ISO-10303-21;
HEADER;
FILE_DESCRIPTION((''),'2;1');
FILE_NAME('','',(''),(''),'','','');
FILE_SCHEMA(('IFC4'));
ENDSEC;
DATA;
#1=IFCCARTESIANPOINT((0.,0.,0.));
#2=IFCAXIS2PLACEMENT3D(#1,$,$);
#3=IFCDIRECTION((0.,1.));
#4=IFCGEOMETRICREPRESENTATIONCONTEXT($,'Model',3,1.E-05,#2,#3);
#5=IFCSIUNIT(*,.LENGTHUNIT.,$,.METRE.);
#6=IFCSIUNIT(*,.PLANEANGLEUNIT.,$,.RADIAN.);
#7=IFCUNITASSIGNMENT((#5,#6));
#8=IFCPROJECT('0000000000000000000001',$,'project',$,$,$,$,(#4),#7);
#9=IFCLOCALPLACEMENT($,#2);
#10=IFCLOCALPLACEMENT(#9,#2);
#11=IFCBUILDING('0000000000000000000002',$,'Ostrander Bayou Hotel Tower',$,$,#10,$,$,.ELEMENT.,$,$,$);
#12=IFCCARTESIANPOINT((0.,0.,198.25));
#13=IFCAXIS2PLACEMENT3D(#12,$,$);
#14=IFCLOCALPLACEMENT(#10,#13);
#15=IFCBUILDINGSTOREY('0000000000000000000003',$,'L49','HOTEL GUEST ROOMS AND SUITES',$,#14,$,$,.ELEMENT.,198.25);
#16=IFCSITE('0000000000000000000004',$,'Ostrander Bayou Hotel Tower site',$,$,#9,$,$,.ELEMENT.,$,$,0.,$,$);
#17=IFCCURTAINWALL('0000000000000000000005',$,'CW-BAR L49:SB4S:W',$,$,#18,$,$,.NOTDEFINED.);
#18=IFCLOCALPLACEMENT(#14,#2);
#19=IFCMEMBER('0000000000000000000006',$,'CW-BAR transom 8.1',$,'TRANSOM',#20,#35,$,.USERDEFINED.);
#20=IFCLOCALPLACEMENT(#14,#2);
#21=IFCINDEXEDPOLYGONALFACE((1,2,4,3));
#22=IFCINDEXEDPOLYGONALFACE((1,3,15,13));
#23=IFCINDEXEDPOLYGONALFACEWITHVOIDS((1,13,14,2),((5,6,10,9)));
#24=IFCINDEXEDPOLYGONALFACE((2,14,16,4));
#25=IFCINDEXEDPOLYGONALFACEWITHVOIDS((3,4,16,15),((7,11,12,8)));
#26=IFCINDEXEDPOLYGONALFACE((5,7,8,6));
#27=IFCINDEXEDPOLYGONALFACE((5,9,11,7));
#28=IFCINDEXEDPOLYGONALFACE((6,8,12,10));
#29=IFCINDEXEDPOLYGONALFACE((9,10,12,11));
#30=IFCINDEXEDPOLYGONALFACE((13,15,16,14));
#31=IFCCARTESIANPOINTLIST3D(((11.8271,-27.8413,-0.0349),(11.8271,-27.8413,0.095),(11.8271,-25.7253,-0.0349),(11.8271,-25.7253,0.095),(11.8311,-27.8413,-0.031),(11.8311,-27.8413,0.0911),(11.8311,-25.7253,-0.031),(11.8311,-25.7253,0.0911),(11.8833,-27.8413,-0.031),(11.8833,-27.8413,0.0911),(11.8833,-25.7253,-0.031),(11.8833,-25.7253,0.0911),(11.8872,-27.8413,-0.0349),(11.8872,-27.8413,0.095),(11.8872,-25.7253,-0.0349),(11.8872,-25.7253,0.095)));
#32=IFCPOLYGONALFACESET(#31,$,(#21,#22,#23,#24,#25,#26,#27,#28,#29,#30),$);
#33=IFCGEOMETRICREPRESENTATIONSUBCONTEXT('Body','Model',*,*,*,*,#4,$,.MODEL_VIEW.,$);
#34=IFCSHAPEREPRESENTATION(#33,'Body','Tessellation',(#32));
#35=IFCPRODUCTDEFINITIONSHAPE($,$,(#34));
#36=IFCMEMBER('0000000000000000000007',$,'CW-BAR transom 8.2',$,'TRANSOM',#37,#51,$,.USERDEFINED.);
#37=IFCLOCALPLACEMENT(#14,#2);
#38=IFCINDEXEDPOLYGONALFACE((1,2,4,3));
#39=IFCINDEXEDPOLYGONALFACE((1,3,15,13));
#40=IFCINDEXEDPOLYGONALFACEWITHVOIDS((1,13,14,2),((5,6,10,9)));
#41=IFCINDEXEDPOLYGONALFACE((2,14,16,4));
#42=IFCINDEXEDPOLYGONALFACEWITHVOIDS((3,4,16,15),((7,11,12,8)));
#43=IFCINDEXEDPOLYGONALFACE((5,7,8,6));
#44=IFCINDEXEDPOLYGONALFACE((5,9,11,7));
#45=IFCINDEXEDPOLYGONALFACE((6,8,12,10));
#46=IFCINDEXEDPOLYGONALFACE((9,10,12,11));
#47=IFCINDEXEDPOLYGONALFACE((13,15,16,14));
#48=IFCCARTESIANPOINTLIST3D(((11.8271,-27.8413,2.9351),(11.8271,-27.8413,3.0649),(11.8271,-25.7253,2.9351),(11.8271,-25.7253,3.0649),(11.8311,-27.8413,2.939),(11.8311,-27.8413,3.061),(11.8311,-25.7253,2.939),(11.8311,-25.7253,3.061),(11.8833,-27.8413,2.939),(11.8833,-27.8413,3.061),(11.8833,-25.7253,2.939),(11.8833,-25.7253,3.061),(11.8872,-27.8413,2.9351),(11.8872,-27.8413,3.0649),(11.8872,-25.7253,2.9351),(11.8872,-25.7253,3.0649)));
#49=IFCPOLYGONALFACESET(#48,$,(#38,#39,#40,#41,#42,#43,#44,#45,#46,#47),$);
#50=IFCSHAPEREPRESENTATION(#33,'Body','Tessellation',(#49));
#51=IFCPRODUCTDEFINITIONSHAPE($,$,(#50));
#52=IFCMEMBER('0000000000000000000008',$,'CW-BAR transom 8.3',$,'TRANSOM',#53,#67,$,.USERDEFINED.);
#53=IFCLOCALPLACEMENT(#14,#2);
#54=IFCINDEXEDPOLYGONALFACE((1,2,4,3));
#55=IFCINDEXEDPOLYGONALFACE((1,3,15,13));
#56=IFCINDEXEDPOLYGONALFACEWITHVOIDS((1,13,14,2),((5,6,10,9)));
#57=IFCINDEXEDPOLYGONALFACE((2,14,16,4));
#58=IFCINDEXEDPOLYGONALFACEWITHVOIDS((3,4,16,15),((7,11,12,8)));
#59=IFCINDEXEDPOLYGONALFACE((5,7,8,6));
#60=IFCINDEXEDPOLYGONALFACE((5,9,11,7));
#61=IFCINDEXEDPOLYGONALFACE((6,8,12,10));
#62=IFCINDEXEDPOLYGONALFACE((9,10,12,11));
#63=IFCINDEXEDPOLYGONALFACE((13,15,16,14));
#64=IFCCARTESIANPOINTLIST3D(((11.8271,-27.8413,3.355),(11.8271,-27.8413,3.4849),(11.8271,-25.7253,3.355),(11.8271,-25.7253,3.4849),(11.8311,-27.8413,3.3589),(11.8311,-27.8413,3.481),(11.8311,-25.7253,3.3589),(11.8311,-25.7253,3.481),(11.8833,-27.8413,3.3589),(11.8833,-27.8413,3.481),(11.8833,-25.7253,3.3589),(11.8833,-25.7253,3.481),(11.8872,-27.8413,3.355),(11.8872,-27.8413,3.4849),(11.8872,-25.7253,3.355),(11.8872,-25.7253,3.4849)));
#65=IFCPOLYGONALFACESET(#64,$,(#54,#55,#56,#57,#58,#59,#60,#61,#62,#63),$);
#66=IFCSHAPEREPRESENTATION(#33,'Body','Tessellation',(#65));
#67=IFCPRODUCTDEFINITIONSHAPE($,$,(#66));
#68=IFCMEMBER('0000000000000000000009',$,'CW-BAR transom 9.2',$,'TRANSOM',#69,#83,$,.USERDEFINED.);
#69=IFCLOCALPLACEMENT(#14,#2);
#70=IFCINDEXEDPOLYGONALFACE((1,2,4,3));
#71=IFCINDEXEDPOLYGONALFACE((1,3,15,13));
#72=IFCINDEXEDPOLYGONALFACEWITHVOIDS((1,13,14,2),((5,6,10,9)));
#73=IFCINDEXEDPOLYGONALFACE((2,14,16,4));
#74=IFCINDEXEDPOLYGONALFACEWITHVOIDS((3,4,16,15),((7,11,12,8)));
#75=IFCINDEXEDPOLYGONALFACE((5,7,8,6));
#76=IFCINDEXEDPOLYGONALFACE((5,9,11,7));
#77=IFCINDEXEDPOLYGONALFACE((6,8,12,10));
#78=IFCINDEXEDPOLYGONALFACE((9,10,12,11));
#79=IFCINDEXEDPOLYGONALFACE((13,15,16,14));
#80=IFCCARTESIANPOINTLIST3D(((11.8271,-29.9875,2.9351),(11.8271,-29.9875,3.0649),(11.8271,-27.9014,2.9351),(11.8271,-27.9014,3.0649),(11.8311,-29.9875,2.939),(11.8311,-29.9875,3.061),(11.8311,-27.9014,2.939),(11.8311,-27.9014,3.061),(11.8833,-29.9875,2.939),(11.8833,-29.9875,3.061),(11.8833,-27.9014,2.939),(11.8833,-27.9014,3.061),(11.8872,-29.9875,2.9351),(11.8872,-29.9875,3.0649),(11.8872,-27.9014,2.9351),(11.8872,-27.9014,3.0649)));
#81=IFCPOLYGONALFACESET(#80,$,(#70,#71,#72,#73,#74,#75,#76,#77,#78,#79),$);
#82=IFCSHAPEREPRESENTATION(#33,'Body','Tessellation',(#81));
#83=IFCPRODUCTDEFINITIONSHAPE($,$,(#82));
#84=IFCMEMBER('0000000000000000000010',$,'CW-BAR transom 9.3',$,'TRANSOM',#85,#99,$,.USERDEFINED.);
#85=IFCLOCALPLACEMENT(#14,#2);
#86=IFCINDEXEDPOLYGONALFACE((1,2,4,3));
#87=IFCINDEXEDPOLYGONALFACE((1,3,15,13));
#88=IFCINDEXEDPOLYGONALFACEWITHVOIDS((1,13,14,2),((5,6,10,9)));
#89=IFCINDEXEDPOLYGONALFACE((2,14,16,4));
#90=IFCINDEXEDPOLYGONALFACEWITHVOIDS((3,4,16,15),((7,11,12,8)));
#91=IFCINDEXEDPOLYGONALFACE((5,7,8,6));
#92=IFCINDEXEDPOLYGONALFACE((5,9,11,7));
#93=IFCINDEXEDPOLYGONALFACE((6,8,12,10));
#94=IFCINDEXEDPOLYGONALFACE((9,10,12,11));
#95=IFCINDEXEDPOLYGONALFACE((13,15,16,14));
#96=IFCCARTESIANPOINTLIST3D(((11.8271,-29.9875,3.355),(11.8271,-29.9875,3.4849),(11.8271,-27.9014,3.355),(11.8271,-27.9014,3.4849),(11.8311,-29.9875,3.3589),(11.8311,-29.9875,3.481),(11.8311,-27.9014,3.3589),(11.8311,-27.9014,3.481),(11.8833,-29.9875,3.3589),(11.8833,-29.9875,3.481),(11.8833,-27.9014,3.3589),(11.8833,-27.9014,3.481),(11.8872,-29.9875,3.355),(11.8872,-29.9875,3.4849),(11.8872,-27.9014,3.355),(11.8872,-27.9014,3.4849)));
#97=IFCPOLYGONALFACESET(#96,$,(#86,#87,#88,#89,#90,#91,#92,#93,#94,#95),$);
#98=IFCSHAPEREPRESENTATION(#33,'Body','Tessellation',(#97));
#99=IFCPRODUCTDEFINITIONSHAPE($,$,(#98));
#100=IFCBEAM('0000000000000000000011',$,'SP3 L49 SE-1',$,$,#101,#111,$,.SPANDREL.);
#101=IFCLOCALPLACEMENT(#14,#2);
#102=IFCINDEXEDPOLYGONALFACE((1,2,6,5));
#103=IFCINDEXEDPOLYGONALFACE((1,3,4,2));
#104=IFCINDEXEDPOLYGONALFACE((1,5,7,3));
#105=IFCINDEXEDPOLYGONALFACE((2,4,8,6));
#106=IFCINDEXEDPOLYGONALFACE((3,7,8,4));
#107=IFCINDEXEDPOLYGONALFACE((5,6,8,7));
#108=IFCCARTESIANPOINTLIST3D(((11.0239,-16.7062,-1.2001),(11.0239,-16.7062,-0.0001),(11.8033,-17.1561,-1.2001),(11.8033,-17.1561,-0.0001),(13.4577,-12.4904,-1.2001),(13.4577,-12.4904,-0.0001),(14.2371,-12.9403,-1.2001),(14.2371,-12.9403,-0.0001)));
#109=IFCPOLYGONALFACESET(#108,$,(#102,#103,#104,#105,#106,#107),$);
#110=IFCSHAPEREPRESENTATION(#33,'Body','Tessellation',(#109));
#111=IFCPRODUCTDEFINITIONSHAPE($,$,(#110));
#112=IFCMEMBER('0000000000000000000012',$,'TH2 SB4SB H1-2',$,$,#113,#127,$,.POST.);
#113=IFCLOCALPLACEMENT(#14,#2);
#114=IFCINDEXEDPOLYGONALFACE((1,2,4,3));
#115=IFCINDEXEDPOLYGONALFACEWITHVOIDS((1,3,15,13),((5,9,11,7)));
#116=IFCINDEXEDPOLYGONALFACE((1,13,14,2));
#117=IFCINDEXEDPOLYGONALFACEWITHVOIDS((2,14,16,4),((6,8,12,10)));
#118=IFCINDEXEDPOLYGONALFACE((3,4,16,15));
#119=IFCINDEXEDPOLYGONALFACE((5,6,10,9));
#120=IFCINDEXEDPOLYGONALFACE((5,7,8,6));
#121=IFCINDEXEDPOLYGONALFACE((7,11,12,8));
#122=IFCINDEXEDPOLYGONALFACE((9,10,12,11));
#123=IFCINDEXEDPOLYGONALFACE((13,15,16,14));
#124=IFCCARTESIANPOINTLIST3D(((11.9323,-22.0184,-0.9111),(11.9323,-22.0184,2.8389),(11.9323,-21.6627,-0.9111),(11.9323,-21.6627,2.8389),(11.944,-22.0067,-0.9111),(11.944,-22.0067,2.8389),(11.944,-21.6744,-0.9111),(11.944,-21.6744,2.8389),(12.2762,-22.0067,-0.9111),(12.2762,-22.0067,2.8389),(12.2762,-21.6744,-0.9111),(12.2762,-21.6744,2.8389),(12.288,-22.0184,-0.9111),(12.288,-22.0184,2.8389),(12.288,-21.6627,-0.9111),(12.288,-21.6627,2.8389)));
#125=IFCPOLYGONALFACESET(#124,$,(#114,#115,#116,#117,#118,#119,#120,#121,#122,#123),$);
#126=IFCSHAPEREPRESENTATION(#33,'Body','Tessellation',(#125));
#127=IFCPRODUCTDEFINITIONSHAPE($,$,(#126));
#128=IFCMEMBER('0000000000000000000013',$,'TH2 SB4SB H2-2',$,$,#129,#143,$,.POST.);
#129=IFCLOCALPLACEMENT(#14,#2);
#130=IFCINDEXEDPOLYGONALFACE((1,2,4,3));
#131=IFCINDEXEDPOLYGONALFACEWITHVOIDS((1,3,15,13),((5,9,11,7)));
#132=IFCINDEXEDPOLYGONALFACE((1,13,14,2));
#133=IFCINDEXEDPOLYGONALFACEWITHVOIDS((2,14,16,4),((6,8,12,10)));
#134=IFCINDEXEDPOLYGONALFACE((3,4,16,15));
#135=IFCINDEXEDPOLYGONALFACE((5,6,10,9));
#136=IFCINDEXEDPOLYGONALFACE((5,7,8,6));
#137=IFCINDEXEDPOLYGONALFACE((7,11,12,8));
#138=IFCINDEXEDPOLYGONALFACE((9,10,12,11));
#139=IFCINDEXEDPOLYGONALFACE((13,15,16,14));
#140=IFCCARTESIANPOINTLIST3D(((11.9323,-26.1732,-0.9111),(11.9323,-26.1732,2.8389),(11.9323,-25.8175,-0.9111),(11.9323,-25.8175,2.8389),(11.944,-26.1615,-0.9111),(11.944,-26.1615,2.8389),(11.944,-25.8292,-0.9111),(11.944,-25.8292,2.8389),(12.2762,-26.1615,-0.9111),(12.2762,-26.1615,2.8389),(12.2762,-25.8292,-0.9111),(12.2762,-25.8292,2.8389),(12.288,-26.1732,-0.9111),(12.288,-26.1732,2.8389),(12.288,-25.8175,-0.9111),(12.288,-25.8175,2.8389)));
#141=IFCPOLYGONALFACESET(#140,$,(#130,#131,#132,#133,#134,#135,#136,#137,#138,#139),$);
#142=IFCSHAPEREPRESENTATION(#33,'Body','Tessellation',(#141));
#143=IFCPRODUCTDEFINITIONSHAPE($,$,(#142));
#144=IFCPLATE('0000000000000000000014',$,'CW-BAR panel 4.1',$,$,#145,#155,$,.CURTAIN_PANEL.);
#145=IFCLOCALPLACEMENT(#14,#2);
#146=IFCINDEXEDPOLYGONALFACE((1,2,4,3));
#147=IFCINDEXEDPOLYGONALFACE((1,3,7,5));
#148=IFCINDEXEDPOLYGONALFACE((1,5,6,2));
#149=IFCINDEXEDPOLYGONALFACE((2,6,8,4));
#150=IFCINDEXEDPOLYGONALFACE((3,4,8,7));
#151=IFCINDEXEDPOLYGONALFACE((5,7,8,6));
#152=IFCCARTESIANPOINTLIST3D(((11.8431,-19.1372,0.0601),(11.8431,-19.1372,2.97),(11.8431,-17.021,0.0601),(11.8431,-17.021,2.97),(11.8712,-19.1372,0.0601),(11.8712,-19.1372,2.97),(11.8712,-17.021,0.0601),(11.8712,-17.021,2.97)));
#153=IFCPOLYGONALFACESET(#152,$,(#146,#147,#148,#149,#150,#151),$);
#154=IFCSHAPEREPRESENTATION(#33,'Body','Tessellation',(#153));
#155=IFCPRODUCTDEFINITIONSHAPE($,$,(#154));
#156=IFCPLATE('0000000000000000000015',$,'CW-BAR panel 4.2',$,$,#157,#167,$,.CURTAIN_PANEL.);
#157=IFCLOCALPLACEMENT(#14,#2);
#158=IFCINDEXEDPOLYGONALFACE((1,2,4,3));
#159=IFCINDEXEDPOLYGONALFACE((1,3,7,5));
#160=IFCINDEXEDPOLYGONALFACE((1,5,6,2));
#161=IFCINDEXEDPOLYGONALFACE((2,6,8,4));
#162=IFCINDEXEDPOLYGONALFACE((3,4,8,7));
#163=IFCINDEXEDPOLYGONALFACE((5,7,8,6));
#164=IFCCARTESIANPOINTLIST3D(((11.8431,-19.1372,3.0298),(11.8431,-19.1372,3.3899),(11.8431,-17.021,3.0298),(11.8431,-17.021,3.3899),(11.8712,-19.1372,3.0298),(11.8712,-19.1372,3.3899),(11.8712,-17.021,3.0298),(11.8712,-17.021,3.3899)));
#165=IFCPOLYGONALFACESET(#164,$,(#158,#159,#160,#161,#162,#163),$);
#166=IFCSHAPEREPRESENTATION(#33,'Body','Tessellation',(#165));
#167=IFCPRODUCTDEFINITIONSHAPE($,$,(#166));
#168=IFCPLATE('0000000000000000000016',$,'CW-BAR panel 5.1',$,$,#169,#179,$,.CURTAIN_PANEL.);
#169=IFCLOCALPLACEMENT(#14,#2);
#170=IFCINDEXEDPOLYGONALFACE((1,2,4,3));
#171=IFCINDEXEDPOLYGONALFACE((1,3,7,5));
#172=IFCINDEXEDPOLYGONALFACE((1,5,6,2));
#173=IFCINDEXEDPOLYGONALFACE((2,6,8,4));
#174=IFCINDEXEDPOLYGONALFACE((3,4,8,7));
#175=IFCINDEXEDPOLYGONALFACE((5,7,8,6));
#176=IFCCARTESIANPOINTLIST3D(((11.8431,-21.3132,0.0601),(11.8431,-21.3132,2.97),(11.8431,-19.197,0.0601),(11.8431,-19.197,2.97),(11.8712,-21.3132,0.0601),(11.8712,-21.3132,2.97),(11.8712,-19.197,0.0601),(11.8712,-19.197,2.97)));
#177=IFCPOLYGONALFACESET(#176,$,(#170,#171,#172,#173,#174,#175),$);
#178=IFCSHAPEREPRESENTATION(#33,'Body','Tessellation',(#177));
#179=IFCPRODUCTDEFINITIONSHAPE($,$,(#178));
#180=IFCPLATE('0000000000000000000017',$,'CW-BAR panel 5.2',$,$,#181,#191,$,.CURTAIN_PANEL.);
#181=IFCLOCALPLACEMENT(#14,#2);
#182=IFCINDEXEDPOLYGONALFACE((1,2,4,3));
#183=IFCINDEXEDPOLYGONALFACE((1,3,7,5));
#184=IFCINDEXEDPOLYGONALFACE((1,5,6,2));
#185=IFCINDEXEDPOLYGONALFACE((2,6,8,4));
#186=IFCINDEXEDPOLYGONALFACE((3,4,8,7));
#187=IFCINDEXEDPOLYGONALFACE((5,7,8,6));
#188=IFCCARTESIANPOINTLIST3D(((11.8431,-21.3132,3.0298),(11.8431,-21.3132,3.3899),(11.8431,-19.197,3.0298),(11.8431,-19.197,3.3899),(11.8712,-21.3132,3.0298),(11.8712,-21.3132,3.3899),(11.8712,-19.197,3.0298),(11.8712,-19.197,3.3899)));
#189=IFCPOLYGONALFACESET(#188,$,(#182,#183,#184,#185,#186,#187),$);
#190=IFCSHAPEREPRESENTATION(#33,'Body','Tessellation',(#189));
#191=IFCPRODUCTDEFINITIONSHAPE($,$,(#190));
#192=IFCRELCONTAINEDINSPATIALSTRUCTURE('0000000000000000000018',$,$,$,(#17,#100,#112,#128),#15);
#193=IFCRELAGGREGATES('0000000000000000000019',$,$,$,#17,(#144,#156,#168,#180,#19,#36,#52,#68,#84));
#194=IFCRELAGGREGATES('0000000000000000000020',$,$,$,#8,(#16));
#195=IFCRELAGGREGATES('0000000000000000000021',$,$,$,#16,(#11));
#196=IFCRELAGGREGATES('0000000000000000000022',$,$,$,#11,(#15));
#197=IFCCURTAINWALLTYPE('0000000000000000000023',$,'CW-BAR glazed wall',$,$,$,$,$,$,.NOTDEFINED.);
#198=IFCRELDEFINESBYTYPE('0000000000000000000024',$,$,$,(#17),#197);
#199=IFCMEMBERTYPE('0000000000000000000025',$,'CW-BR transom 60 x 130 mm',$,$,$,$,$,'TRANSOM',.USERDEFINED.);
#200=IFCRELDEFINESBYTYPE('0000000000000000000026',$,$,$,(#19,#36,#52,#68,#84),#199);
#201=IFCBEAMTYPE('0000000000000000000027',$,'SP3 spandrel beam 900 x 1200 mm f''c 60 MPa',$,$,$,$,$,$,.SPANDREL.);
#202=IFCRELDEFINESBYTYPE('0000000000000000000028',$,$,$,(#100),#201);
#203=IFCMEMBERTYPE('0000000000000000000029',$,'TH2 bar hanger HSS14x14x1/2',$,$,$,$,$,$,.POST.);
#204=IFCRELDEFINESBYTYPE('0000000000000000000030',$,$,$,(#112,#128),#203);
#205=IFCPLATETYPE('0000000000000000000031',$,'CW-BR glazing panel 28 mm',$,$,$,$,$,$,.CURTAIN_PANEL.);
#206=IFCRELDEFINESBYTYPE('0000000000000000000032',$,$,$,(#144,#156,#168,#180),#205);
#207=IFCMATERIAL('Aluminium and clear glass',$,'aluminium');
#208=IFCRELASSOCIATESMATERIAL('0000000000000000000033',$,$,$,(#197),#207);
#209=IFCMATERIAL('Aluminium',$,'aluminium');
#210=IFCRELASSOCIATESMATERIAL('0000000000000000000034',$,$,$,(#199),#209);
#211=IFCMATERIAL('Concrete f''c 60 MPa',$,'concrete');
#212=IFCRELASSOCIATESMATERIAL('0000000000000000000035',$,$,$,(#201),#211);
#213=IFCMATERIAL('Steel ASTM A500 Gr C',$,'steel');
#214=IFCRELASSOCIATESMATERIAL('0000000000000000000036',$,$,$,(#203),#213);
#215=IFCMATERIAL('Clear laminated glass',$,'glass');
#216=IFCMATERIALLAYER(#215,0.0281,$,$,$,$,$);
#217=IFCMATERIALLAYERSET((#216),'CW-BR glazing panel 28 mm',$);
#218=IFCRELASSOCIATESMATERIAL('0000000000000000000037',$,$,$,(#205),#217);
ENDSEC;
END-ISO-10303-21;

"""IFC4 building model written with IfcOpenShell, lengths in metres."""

from ifc_helpers import new_model, si_unit, direction, frame, origin, origin_2d, place, context, subcontext, project, spatial, rectangle, hollow_rectangle, extrude, material, layer, layer_set, material_profile, profile_set, type_object, element, aggregate, save


model = new_model("IFC4")

# Units and contexts
model_context = context("Model", 3, precision=1e-05, world=origin(), true_north=direction((0.0, 1.0)))
body_context = subcontext(model_context, "Body", "Model", "MODEL_VIEW")
ifc_project = project(units=[si_unit("LENGTHUNIT", "METRE"), si_unit("PLANEANGLEUNIT", "RADIAN")], contexts=[model_context])

# Site, building, storey
site_placement = place(None, origin())
site = spatial("IfcSite", under=ifc_project, at=site_placement, Name="Ostrander Bayou Hotel Tower site", CompositionType="ELEMENT", RefElevation=0.0)
building_placement = place(site_placement, origin())
building = spatial("IfcBuilding", under=site, at=building_placement, Name="Ostrander Bayou Hotel Tower", CompositionType="ELEMENT")
storey_placement = place(building_placement, frame((0.0, 0.0, 198.25)))
storey = spatial("IfcBuildingStorey", under=building, at=storey_placement, Name="L49", Description="HOTEL GUEST ROOMS AND SUITES", CompositionType="ELEMENT", Elevation=198.25)

# Curtain wall, members
ifc_material_1 = material(Name="Aluminium and clear glass", Category="aluminium")
curtain_wall_type = type_object("IfcCurtainWallType", Name="CW-BAR glazed wall", PredefinedType="NOTDEFINED", material=ifc_material_1)
curtain_wall_placement = place(storey_placement, origin())
curtain_wall = element("IfcCurtainWall", 1, at=curtain_wall_placement, inside=storey, type_object=curtain_wall_type, Name="CW-BAR L49:SB4S:W", PredefinedType="NOTDEFINED")
ifc_material_2 = material(Name="Aluminium", Category="aluminium")
ifc_material_profile_1 = material_profile(ifc_material_2, hollow_rectangle(XDim=0.0601, YDim=0.1299, WallThickness=0.0039, at=origin_2d()))
ifc_profile_set_1 = profile_set([ifc_material_profile_1], Name="Aluminium")
member_type_1 = type_object("IfcMemberType", Name="CW-BR transom 60 x 130 mm", ElementType="TRANSOM", PredefinedType="USERDEFINED", material=ifc_profile_set_1)
member_1_placement = place(storey_placement, frame((11.8572, -25.7253, 0.03), z_axis=(0.0, -1.0, 0.0), x_axis=(1.0, 0.0, 0.0)))
member_1 = element("IfcMember", 2, at=member_1_placement, type_object=member_type_1, Name="CW-BAR transom 8.1", ObjectType="TRANSOM", PredefinedType="USERDEFINED", context=body_context, shape_type="SweptSolid", body=[
    extrude(hollow_rectangle(XDim=0.0601, YDim=0.1299, WallThickness=0.0039, at=origin_2d()), origin(), (0.0, 0.0, 1.0), 2.116),
])
member_2_placement = place(storey_placement, frame((11.8572, -25.7253, 3.0), z_axis=(0.0, -1.0, 0.0), x_axis=(1.0, 0.0, 0.0)))
member_2 = element("IfcMember", 3, at=member_2_placement, type_object=member_type_1, Name="CW-BAR transom 8.2", ObjectType="TRANSOM", PredefinedType="USERDEFINED", context=body_context, shape_type="SweptSolid", body=[
    extrude(hollow_rectangle(XDim=0.0601, YDim=0.1299, WallThickness=0.0039, at=origin_2d()), origin(), (0.0, 0.0, 1.0), 2.116),
])
member_3_placement = place(storey_placement, frame((11.8572, -25.7253, 3.4199), z_axis=(0.0, -1.0, 0.0), x_axis=(1.0, 0.0, 0.0)))
member_3 = element("IfcMember", 4, at=member_3_placement, type_object=member_type_1, Name="CW-BAR transom 8.3", ObjectType="TRANSOM", PredefinedType="USERDEFINED", context=body_context, shape_type="SweptSolid", body=[
    extrude(hollow_rectangle(XDim=0.0601, YDim=0.1299, WallThickness=0.0039, at=origin_2d()), origin(), (0.0, 0.0, 1.0), 2.116),
])
member_4_placement = place(storey_placement, frame((11.8572, -27.9014, 3.0), z_axis=(0.0, -1.0, 0.0), x_axis=(1.0, 0.0, 0.0)))
member_4 = element("IfcMember", 5, at=member_4_placement, type_object=member_type_1, Name="CW-BAR transom 9.2", ObjectType="TRANSOM", PredefinedType="USERDEFINED", context=body_context, shape_type="SweptSolid", body=[
    extrude(hollow_rectangle(XDim=0.0601, YDim=0.1299, WallThickness=0.0039, at=origin_2d()), origin(), (0.0, 0.0, 1.0), 2.0862),
])
member_5_placement = place(storey_placement, frame((11.8572, -27.9014, 3.4199), z_axis=(0.0, -1.0, 0.0), x_axis=(1.0, 0.0, 0.0)))
member_5 = element("IfcMember", 6, at=member_5_placement, type_object=member_type_1, Name="CW-BAR transom 9.3", ObjectType="TRANSOM", PredefinedType="USERDEFINED", context=body_context, shape_type="SweptSolid", body=[
    extrude(hollow_rectangle(XDim=0.0601, YDim=0.1299, WallThickness=0.0039, at=origin_2d()), origin(), (0.0, 0.0, 1.0), 2.0862),
])

# Beam
ifc_material_3 = material(Name="Concrete f'c 60 MPa", Category="concrete")
ifc_material_profile_2 = material_profile(ifc_material_3, rectangle(XDim=0.8999, YDim=1.2, at=origin_2d()))
ifc_profile_set_2 = profile_set([ifc_material_profile_2], Name="Concrete f'c 60 MPa")
beam_type = type_object("IfcBeamType", Name="SP3 spandrel beam 900 x 1200 mm f'c 60 MPa", PredefinedType="SPANDREL", material=ifc_profile_set_2)
beam_placement = place(storey_placement, frame((11.4136, -16.9312, -0.6001), z_axis=(0.499974, 0.86604, 0.0), x_axis=(-0.86604, 0.499974, 0.0)))
element("IfcBeam", 7, at=beam_placement, inside=storey, type_object=beam_type, Name="SP3 L49 SE-1", PredefinedType="SPANDREL", context=body_context, shape_type="SweptSolid", body=[
    extrude(rectangle(XDim=0.8999, YDim=1.2, at=origin_2d()), origin(), (0.0, 0.0, 1.0), 4.8679),
])

# Members
ifc_material_4 = material(Name="Steel ASTM A500 Gr C", Category="steel")
ifc_material_profile_3 = material_profile(ifc_material_4, hollow_rectangle(XDim=0.3557, YDim=0.3557, WallThickness=0.0117, at=origin_2d()))
ifc_profile_set_3 = profile_set([ifc_material_profile_3], Name="Steel ASTM A500 Gr C")
member_type_2 = type_object("IfcMemberType", Name="TH2 bar hanger HSS14x14x1/2", PredefinedType="POST", material=ifc_profile_set_3)
for number, where, z_axis, x_axis, name in (
    (8, (12.1101, -21.8406, -0.9111), (0.0, 0.0, 1.0), (1.0, 0.0, 0.0), "TH2 SB4SB H1-2"),
    (9, (12.1101, -25.9954, -0.9111), (0.0, 0.0, 1.0), (1.0, 0.0, 0.0), "TH2 SB4SB H2-2"),
):
    element("IfcMember", number, at=place(storey_placement, frame(where, z_axis=z_axis, x_axis=x_axis)), inside=storey, type_object=member_type_2, Name=name, PredefinedType="POST", context=body_context, shape_type="SweptSolid", body=[
        extrude(hollow_rectangle(XDim=0.3557, YDim=0.3557, WallThickness=0.0117, at=origin_2d()), origin(), (0.0, 0.0, 1.0), 3.75),
    ])

# Plates
ifc_material_5 = material(Name="Clear laminated glass", Category="glass")
ifc_layer_1 = layer(ifc_material_5, 0.0281)
ifc_layer_set_1 = layer_set([ifc_layer_1], Name="CW-BR glazing panel 28 mm")
plate_type = type_object("IfcPlateType", Name="CW-BR glazing panel 28 mm", PredefinedType="CURTAIN_PANEL", material=ifc_layer_set_1)
plate_1_placement = place(storey_placement, frame((11.8572, -18.0791, 0.0601), z_axis=(0.0, 0.0, 1.0), x_axis=(0.0, -1.0, 0.0)))
plate_1 = element("IfcPlate", 10, at=plate_1_placement, type_object=plate_type, Name="CW-BAR panel 4.1", PredefinedType="CURTAIN_PANEL", context=body_context, shape_type="SweptSolid", body=[
    extrude(rectangle(XDim=2.1162, YDim=0.0281, at=origin_2d()), origin(), (0.0, 0.0, 1.0), 2.9099),
])
plate_2_placement = place(storey_placement, frame((11.8572, -18.0791, 3.0298), z_axis=(0.0, 0.0, 1.0), x_axis=(0.0, -1.0, 0.0)))
plate_2 = element("IfcPlate", 11, at=plate_2_placement, type_object=plate_type, Name="CW-BAR panel 4.2", PredefinedType="CURTAIN_PANEL", context=body_context, shape_type="SweptSolid", body=[
    extrude(rectangle(XDim=2.1162, YDim=0.0281, at=origin_2d()), origin(), (0.0, 0.0, 1.0), 0.3601),
])
plate_3_placement = place(storey_placement, frame((11.8572, -20.2551, 0.0601), z_axis=(0.0, 0.0, 1.0), x_axis=(0.0, -1.0, 0.0)))
plate_3 = element("IfcPlate", 12, at=plate_3_placement, type_object=plate_type, Name="CW-BAR panel 5.1", PredefinedType="CURTAIN_PANEL", context=body_context, shape_type="SweptSolid", body=[
    extrude(rectangle(XDim=2.1162, YDim=0.0281, at=origin_2d()), origin(), (0.0, 0.0, 1.0), 2.9099),
])
plate_4_placement = place(storey_placement, frame((11.8572, -20.2551, 3.0298), z_axis=(0.0, 0.0, 1.0), x_axis=(0.0, -1.0, 0.0)))
plate_4 = element("IfcPlate", 13, at=plate_4_placement, type_object=plate_type, Name="CW-BAR panel 5.2", PredefinedType="CURTAIN_PANEL", context=body_context, shape_type="SweptSolid", body=[
    extrude(rectangle(XDim=2.1162, YDim=0.0281, at=origin_2d()), origin(), (0.0, 0.0, 1.0), 0.3601),
])
aggregate(curtain_wall, [plate_1, plate_2, plate_3, plate_4, member_1, member_2, member_3, member_4, member_5])

save(model, "model.ifc")
